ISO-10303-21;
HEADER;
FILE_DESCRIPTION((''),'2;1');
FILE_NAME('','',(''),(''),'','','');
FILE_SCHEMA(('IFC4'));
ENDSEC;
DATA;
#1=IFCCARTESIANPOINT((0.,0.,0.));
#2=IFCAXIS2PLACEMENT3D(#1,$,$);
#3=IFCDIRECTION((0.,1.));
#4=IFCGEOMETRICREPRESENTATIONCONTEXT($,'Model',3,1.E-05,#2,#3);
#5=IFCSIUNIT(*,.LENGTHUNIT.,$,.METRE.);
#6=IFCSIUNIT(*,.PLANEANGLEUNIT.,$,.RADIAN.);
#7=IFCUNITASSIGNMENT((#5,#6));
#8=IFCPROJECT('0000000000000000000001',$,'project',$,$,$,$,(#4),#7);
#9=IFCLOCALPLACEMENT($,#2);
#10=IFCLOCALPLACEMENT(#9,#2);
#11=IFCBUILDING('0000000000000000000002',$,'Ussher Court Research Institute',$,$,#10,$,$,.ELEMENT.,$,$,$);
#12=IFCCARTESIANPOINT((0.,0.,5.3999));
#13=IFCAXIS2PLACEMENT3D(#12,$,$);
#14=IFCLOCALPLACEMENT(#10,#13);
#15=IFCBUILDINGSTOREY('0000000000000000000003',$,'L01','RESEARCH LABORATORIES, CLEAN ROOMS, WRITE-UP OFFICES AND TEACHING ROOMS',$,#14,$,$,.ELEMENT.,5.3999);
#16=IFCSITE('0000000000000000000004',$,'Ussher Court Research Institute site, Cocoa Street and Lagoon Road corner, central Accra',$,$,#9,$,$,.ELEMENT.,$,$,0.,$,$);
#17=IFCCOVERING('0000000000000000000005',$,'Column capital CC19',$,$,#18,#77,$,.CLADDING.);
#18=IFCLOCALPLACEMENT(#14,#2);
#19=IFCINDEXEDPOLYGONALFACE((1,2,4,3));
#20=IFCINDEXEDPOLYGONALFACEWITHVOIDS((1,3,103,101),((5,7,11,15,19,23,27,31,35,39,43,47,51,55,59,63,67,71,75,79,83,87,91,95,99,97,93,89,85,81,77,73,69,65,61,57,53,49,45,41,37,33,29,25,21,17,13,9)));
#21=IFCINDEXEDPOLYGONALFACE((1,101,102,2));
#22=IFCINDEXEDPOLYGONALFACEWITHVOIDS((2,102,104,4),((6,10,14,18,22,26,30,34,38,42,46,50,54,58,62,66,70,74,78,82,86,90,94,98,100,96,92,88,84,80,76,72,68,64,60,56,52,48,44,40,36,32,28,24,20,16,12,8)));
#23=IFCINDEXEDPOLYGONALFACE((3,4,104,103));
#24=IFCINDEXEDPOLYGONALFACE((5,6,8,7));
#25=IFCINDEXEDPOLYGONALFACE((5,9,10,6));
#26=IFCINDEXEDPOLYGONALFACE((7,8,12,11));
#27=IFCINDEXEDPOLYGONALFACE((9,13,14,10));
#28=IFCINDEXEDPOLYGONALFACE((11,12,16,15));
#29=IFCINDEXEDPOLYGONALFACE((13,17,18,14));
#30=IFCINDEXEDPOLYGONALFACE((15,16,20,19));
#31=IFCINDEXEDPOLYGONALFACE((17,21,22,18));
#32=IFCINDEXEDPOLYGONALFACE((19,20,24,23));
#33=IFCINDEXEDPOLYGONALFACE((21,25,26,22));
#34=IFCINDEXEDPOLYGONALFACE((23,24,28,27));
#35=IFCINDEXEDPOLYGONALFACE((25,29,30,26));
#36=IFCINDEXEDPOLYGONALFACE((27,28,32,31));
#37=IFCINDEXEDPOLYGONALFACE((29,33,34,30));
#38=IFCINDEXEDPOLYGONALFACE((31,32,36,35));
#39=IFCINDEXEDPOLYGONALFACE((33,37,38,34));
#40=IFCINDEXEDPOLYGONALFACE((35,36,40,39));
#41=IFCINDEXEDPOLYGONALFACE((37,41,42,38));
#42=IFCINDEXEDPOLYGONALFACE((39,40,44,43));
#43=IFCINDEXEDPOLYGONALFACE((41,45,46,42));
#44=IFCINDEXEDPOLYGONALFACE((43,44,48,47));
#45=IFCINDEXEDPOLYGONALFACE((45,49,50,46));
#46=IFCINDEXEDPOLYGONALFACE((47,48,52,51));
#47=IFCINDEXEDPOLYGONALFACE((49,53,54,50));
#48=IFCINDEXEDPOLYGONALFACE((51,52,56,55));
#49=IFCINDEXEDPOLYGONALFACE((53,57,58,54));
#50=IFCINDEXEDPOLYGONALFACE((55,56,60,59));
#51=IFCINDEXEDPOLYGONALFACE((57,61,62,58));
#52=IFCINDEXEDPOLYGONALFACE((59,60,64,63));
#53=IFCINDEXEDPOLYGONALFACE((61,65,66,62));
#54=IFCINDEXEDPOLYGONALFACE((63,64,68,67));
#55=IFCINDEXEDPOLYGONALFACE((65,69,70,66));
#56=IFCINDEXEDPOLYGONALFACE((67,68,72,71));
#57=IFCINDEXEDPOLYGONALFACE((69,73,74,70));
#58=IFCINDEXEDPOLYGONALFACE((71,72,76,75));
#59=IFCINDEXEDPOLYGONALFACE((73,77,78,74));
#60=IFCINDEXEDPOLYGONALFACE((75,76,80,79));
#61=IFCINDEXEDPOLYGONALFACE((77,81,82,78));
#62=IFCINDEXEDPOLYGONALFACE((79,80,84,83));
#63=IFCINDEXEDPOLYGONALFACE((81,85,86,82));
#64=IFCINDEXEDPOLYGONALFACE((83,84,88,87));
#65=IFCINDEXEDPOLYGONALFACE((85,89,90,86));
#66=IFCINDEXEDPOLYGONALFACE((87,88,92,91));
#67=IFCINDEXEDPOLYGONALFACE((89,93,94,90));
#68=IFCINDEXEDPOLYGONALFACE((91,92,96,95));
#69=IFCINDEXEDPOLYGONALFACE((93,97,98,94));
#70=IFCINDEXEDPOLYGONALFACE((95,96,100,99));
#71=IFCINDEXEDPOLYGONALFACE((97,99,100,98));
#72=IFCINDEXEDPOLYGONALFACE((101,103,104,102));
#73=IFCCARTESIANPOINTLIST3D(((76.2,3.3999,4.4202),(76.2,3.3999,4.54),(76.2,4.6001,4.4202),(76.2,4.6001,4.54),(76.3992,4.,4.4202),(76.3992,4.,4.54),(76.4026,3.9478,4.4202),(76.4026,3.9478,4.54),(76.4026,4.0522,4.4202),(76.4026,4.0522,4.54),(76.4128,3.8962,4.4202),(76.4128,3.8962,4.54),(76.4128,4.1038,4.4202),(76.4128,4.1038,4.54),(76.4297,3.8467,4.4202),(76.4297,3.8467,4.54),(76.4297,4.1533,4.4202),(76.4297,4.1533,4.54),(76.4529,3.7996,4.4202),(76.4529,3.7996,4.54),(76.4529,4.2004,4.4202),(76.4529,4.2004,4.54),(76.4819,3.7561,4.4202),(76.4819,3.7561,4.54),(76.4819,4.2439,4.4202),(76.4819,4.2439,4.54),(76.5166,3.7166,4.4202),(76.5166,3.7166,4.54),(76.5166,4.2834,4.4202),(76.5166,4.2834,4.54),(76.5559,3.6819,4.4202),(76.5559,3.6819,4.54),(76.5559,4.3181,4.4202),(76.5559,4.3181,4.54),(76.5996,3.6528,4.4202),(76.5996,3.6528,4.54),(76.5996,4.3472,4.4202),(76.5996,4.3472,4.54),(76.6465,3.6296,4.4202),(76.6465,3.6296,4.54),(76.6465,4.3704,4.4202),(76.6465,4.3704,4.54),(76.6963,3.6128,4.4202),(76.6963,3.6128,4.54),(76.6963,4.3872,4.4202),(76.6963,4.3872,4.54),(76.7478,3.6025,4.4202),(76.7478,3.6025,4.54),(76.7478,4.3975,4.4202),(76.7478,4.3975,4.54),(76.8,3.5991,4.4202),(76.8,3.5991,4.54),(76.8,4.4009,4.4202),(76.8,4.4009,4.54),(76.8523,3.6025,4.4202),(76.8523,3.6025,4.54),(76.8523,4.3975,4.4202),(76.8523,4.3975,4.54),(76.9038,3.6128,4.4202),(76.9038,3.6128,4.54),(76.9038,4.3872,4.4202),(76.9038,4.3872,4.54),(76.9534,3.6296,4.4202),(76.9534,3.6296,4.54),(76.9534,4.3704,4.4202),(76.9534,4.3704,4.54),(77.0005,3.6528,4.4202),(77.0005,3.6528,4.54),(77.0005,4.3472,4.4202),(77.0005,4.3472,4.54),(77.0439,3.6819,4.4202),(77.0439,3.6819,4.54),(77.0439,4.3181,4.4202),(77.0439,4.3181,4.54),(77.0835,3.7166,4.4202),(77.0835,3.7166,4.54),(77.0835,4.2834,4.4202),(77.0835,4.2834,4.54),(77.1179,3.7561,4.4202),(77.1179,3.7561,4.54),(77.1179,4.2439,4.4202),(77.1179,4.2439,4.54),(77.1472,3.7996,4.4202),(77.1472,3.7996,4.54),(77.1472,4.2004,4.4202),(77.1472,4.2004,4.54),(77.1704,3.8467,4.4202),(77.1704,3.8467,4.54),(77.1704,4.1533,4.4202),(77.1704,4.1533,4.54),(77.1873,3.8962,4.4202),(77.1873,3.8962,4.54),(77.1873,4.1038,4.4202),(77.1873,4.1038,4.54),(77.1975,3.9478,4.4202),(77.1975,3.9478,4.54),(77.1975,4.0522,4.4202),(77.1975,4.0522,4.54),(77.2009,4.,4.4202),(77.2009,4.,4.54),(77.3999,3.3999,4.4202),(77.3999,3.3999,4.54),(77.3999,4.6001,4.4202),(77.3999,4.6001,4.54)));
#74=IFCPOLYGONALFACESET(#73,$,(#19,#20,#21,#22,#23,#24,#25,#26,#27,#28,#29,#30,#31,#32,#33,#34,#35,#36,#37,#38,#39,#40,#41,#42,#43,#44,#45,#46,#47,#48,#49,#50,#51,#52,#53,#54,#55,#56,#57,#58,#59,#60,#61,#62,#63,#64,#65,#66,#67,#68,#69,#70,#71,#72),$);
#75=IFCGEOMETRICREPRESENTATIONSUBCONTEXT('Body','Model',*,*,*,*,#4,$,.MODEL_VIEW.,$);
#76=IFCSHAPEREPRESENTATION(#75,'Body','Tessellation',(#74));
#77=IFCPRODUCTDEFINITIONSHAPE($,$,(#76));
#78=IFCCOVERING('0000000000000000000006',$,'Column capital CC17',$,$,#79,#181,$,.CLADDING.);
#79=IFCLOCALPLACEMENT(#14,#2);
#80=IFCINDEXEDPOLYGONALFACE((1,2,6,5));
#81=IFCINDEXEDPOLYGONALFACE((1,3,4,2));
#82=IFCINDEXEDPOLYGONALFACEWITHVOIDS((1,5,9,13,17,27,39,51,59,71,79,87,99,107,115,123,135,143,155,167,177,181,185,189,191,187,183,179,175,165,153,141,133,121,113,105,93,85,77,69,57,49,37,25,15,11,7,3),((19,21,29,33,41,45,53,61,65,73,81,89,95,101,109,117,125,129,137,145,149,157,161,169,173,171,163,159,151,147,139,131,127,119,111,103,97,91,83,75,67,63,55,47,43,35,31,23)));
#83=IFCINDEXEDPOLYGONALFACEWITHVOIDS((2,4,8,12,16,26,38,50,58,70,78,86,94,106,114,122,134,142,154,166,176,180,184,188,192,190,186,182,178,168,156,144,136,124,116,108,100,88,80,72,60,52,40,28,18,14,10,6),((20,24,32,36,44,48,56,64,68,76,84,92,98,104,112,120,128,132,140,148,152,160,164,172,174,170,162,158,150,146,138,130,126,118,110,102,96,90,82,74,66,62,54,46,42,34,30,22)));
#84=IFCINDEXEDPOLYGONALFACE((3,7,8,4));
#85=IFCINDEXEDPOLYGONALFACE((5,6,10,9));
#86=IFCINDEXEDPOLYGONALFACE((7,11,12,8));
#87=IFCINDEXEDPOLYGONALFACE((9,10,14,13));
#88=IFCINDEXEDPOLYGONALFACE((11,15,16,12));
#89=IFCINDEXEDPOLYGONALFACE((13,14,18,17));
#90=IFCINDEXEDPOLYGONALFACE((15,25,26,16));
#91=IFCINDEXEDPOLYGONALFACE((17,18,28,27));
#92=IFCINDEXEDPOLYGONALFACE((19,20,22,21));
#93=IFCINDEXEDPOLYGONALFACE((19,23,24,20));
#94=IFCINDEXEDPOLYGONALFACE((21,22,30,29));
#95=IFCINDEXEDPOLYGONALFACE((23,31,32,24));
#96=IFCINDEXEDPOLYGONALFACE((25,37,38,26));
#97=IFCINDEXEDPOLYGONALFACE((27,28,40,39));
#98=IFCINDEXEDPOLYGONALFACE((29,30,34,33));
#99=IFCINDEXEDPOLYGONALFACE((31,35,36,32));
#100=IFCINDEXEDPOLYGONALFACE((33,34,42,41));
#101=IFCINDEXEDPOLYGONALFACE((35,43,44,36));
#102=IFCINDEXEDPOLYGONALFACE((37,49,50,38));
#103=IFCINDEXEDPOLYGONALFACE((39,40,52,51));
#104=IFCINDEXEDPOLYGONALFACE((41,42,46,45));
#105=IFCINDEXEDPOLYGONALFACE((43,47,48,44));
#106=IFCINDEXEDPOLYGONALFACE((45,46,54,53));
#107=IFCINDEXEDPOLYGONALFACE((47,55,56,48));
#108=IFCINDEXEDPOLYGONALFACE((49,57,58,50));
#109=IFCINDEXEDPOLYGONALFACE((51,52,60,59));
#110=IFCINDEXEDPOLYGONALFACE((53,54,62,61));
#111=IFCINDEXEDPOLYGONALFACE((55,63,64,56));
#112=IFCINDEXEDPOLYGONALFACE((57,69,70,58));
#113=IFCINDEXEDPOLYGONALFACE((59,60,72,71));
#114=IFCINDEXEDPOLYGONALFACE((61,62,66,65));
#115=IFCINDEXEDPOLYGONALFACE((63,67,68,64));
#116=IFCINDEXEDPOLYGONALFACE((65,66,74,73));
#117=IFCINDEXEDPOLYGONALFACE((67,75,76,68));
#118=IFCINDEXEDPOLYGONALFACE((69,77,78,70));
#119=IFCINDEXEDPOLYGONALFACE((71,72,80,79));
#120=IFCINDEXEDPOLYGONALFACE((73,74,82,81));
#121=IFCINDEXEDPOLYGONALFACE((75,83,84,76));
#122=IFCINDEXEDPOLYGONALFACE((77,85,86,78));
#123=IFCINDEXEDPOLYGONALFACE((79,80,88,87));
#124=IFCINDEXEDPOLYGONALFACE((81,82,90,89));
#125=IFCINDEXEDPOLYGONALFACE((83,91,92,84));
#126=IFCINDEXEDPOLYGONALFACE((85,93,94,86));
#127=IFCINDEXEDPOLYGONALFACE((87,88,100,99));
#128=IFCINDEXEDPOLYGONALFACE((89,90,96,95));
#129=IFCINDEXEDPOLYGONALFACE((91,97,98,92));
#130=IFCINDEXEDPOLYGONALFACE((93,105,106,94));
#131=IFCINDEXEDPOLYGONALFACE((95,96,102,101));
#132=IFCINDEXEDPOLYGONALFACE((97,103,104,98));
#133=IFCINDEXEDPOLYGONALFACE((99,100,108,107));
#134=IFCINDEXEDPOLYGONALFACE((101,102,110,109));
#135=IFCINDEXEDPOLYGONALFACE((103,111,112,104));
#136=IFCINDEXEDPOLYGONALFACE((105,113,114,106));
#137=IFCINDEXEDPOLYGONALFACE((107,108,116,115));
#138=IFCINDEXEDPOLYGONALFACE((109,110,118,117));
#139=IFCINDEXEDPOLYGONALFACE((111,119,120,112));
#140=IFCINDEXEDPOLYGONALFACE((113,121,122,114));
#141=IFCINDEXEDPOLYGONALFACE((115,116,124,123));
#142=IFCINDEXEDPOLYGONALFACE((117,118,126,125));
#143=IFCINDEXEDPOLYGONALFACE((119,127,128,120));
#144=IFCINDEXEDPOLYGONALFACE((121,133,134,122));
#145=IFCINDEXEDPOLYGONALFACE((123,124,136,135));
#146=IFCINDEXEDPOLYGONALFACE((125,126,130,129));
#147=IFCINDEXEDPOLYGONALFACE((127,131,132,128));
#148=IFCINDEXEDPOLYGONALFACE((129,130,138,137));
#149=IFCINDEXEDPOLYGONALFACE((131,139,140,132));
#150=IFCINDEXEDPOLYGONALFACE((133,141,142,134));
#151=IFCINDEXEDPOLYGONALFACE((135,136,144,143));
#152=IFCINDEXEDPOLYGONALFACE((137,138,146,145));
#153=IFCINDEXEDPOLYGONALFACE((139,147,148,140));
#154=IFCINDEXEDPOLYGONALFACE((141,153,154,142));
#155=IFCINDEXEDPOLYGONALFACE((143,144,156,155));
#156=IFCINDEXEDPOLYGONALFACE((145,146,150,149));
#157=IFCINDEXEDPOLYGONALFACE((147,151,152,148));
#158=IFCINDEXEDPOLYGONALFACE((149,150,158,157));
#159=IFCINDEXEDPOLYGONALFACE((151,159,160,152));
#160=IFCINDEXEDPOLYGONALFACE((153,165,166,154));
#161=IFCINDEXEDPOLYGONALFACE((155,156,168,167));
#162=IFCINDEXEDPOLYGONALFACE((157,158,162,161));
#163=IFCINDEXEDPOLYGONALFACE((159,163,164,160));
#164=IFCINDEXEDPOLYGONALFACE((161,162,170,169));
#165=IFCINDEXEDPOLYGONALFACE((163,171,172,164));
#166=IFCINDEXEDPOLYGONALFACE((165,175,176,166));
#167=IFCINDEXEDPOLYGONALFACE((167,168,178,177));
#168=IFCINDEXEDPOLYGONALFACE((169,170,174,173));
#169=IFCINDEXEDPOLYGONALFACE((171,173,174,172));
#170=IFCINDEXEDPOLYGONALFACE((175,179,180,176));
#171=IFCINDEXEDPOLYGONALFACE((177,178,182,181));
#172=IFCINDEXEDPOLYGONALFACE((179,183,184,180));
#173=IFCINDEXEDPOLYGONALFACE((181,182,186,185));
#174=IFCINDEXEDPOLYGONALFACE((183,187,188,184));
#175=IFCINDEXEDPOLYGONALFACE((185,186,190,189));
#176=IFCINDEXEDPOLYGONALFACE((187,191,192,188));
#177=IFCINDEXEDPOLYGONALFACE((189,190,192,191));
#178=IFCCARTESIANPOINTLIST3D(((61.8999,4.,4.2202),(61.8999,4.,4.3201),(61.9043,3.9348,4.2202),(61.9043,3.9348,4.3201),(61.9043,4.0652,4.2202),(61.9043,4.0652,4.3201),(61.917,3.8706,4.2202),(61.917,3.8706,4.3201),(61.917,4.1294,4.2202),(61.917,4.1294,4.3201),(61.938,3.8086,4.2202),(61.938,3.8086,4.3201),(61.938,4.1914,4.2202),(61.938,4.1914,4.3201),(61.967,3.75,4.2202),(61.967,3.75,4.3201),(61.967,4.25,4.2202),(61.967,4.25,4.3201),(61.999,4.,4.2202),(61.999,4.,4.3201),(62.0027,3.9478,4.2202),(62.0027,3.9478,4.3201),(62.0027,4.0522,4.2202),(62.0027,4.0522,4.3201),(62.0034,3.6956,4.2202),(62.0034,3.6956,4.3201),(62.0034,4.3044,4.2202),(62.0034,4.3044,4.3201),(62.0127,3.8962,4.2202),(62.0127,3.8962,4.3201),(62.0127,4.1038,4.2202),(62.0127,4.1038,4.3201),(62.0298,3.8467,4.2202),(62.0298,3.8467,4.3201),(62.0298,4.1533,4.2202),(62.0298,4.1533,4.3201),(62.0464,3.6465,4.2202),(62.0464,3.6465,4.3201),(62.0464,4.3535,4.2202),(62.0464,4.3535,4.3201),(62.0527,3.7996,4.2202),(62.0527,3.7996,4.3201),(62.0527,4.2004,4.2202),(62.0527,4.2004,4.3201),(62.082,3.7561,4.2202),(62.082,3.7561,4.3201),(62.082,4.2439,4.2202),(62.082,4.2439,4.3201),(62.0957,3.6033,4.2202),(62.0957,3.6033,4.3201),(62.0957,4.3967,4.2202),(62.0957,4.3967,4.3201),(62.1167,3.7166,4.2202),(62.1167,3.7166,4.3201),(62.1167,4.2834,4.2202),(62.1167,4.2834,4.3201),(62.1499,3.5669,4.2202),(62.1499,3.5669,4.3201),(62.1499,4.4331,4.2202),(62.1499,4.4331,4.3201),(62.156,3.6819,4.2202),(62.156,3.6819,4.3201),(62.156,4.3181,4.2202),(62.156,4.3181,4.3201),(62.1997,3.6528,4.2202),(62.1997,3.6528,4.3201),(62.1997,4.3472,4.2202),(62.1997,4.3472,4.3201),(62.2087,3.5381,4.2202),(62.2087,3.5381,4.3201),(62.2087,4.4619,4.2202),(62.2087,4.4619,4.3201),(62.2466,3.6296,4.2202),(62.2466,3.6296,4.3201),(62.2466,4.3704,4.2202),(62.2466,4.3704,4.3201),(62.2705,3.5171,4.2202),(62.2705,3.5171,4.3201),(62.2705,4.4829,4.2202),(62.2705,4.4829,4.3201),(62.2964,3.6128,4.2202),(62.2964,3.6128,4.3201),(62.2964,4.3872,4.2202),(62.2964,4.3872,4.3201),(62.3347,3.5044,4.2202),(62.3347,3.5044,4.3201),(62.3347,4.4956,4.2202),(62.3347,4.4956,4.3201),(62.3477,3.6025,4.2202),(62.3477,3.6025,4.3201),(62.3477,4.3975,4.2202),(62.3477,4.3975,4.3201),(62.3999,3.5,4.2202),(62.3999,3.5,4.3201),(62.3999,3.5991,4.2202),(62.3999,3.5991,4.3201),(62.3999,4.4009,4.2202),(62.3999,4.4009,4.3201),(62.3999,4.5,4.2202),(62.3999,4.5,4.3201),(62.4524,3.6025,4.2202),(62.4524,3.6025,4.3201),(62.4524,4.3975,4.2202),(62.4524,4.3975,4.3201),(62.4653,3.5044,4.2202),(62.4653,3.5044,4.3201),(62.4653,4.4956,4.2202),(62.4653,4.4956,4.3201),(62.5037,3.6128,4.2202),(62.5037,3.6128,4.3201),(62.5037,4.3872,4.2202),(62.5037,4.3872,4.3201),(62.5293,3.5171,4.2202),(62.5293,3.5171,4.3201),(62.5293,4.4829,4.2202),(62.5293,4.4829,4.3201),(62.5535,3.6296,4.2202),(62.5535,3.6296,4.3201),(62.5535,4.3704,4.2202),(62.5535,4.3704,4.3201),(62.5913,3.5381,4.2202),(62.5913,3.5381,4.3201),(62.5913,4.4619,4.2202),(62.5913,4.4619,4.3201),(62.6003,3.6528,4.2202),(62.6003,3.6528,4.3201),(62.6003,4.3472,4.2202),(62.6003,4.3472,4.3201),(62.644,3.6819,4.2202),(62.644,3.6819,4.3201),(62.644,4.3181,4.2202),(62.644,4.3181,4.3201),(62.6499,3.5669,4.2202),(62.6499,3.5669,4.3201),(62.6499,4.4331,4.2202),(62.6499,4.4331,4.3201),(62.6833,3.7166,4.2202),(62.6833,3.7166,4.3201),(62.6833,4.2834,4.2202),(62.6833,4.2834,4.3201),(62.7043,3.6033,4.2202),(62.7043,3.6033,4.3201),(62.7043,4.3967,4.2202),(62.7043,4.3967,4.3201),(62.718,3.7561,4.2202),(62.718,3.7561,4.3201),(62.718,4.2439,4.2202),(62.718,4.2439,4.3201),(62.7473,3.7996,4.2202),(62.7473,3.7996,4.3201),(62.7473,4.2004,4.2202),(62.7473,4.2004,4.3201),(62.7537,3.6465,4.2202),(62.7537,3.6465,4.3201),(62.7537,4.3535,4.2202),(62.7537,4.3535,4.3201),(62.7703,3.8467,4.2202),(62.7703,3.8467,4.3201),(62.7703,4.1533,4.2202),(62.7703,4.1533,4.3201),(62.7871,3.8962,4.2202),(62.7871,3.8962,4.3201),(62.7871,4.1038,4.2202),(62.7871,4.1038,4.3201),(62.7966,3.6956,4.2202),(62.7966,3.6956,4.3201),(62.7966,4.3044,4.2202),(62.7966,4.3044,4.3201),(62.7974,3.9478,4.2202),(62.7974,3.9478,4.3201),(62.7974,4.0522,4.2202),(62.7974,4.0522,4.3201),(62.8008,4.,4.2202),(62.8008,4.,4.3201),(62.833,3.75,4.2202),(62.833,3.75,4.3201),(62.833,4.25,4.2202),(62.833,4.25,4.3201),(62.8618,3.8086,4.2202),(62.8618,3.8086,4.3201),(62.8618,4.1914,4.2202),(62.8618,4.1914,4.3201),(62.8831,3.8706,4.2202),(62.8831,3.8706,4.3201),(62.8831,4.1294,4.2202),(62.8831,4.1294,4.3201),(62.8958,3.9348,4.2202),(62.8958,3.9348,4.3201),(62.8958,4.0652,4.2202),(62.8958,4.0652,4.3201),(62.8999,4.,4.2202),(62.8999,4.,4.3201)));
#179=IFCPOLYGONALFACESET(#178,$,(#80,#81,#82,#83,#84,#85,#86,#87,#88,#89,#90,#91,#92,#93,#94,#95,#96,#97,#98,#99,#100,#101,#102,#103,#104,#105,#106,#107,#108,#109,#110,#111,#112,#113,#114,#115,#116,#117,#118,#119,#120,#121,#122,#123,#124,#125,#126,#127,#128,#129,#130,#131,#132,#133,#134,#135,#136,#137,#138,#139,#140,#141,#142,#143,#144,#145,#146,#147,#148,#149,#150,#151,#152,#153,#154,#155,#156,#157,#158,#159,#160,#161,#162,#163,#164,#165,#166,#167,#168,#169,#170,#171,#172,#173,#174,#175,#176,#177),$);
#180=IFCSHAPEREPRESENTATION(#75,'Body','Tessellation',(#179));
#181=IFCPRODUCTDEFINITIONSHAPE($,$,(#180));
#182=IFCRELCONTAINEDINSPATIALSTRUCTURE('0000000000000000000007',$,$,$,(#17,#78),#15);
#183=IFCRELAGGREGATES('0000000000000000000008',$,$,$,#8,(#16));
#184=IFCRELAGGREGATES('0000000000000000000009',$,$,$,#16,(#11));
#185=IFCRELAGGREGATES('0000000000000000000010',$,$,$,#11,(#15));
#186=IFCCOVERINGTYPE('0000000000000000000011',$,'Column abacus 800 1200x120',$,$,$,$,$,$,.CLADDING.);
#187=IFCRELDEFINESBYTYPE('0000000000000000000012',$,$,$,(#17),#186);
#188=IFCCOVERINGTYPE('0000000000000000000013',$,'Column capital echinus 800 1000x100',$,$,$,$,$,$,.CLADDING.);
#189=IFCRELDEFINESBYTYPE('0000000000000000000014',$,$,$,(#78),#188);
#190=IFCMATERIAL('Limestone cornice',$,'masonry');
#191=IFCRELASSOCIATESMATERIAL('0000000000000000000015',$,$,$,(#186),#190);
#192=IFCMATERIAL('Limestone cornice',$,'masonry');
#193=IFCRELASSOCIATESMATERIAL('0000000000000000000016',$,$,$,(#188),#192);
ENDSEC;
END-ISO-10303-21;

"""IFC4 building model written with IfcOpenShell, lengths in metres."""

from ifc_helpers import new_model, si_unit, direction, frame, origin, place, context, subcontext, project, spatial, polyline, outline, extrude, material, type_object, element, save


model = new_model("IFC4")

# Units and contexts
model_context = context("Model", 3, precision=1e-05, world=origin(), true_north=direction((0.0, 1.0)))
body_context = subcontext(model_context, "Body", "Model", "MODEL_VIEW")
ifc_project = project(units=[si_unit("LENGTHUNIT", "METRE"), si_unit("PLANEANGLEUNIT", "RADIAN")], contexts=[model_context])

# Site, building, storey
site_placement = place(None, origin())
site = spatial("IfcSite", under=ifc_project, at=site_placement, Name="Ussher Court Research Institute site, Cocoa Street and Lagoon Road corner, central Accra", CompositionType="ELEMENT", RefElevation=0.0)
building_placement = place(site_placement, origin())
building = spatial("IfcBuilding", under=site, at=building_placement, Name="Ussher Court Research Institute", CompositionType="ELEMENT")
storey_placement = place(building_placement, frame((0.0, 0.0, 5.3999)))
storey = spatial("IfcBuildingStorey", under=building, at=storey_placement, Name="L01", Description="RESEARCH LABORATORIES, CLEAN ROOMS, WRITE-UP OFFICES AND TEACHING ROOMS", CompositionType="ELEMENT", Elevation=5.3999)

# Coverings
ifc_material_1 = material(Name="Limestone cornice", Category="masonry")
covering_type_1 = type_object("IfcCoveringType", Name="Column abacus 800 1200x120", PredefinedType="CLADDING", material=ifc_material_1)
covering_1_placement = place(storey_placement, frame((0.0, 0.0, 4.4202)))
element("IfcCovering", 1, at=covering_1_placement, inside=storey, type_object=covering_type_1, Name="Column capital CC19", PredefinedType="CLADDING", context=body_context, shape_type="SweptSolid", body=[
    extrude(outline(polyline([(77.3999, 3.3999), (77.3999, 4.6001), (76.2, 4.6001), (76.2, 3.3999), (77.3999, 3.3999)]), holes=[polyline([(77.2009, 4.0), (77.1975, 4.0522), (77.1873, 4.1038), (77.1704, 4.1533), (77.1472, 4.2004), (77.1179, 4.2439), (77.0835, 4.2834), (77.0439, 4.3181), (77.0005, 4.3472), (76.9534, 4.3704), (76.9038, 4.3872), (76.8523, 4.3975), (76.8, 4.4009), (76.7478, 4.3975), (76.6963, 4.3872), (76.6465, 4.3704), (76.5996, 4.3472), (76.5559, 4.3181), (76.5166, 4.2834), (76.4819, 4.2439), (76.4529, 4.2004), (76.4297, 4.1533), (76.4128, 4.1038), (76.4026, 4.0522), (76.3992, 4.0), (76.4026, 3.9478), (76.4128, 3.8962), (76.4297, 3.8467), (76.4529, 3.7996), (76.4819, 3.7561), (76.5166, 3.7166), (76.5559, 3.6819), (76.5996, 3.6528), (76.6465, 3.6296), (76.6963, 3.6128), (76.7478, 3.6025), (76.8, 3.5991), (76.8523, 3.6025), (76.9038, 3.6128), (76.9534, 3.6296), (77.0005, 3.6528), (77.0439, 3.6819), (77.0835, 3.7166), (77.1179, 3.7561), (77.1472, 3.7996), (77.1704, 3.8467), (77.1873, 3.8962), (77.1975, 3.9478), (77.2009, 4.0)])]), origin(), (0.0, 0.0, 1.0), 0.1199),
])
ifc_material_2 = material(Name="Limestone cornice", Category="masonry")
covering_type_2 = type_object("IfcCoveringType", Name="Column capital echinus 800 1000x100", PredefinedType="CLADDING", material=ifc_material_2)
covering_2_placement = place(storey_placement, frame((0.0, 0.0, 4.2202)))
element("IfcCovering", 2, at=covering_2_placement, inside=storey, type_object=covering_type_2, Name="Column capital CC17", PredefinedType="CLADDING", context=body_context, shape_type="SweptSolid", body=[
    extrude(outline(polyline([(62.8999, 4.0), (62.8958, 4.0652), (62.8831, 4.1294), (62.8618, 4.1914), (62.833, 4.25), (62.7966, 4.3044), (62.7537, 4.3535), (62.7043, 4.3967), (62.6499, 4.4331), (62.5913, 4.4619), (62.5293, 4.4829), (62.4653, 4.4956), (62.3999, 4.5), (62.3347, 4.4956), (62.2705, 4.4829), (62.2087, 4.4619), (62.1499, 4.4331), (62.0957, 4.3967), (62.0464, 4.3535), (62.0034, 4.3044), (61.967, 4.25), (61.938, 4.1914), (61.917, 4.1294), (61.9043, 4.0652), (61.8999, 4.0), (61.9043, 3.9348), (61.917, 3.8706), (61.938, 3.8086), (61.967, 3.75), (62.0034, 3.6956), (62.0464, 3.6465), (62.0957, 3.6033), (62.1499, 3.5669), (62.2087, 3.5381), (62.2705, 3.5171), (62.3347, 3.5044), (62.3999, 3.5), (62.4653, 3.5044), (62.5293, 3.5171), (62.5913, 3.5381), (62.6499, 3.5669), (62.7043, 3.6033), (62.7537, 3.6465), (62.7966, 3.6956), (62.833, 3.75), (62.8618, 3.8086), (62.8831, 3.8706), (62.8958, 3.9348), (62.8999, 4.0)]), holes=[polyline([(62.8008, 4.0), (62.7974, 4.0522), (62.7871, 4.1038), (62.7703, 4.1533), (62.7473, 4.2004), (62.718, 4.2439), (62.6833, 4.2834), (62.644, 4.3181), (62.6003, 4.3472), (62.5535, 4.3704), (62.5037, 4.3872), (62.4524, 4.3975), (62.3999, 4.4009), (62.3477, 4.3975), (62.2964, 4.3872), (62.2466, 4.3704), (62.1997, 4.3472), (62.156, 4.3181), (62.1167, 4.2834), (62.082, 4.2439), (62.0527, 4.2004), (62.0298, 4.1533), (62.0127, 4.1038), (62.0027, 4.0522), (61.999, 4.0), (62.0027, 3.9478), (62.0127, 3.8962), (62.0298, 3.8467), (62.0527, 3.7996), (62.082, 3.7561), (62.1167, 3.7166), (62.156, 3.6819), (62.1997, 3.6528), (62.2466, 3.6296), (62.2964, 3.6128), (62.3477, 3.6025), (62.3999, 3.5991), (62.4524, 3.6025), (62.5037, 3.6128), (62.5535, 3.6296), (62.6003, 3.6528), (62.644, 3.6819), (62.6833, 3.7166), (62.718, 3.7561), (62.7473, 3.7996), (62.7703, 3.8467), (62.7871, 3.8962), (62.7974, 3.9478), (62.8008, 4.0)])]), origin(), (0.0, 0.0, 1.0), 0.0999),
])

save(model, "model.ifc")
